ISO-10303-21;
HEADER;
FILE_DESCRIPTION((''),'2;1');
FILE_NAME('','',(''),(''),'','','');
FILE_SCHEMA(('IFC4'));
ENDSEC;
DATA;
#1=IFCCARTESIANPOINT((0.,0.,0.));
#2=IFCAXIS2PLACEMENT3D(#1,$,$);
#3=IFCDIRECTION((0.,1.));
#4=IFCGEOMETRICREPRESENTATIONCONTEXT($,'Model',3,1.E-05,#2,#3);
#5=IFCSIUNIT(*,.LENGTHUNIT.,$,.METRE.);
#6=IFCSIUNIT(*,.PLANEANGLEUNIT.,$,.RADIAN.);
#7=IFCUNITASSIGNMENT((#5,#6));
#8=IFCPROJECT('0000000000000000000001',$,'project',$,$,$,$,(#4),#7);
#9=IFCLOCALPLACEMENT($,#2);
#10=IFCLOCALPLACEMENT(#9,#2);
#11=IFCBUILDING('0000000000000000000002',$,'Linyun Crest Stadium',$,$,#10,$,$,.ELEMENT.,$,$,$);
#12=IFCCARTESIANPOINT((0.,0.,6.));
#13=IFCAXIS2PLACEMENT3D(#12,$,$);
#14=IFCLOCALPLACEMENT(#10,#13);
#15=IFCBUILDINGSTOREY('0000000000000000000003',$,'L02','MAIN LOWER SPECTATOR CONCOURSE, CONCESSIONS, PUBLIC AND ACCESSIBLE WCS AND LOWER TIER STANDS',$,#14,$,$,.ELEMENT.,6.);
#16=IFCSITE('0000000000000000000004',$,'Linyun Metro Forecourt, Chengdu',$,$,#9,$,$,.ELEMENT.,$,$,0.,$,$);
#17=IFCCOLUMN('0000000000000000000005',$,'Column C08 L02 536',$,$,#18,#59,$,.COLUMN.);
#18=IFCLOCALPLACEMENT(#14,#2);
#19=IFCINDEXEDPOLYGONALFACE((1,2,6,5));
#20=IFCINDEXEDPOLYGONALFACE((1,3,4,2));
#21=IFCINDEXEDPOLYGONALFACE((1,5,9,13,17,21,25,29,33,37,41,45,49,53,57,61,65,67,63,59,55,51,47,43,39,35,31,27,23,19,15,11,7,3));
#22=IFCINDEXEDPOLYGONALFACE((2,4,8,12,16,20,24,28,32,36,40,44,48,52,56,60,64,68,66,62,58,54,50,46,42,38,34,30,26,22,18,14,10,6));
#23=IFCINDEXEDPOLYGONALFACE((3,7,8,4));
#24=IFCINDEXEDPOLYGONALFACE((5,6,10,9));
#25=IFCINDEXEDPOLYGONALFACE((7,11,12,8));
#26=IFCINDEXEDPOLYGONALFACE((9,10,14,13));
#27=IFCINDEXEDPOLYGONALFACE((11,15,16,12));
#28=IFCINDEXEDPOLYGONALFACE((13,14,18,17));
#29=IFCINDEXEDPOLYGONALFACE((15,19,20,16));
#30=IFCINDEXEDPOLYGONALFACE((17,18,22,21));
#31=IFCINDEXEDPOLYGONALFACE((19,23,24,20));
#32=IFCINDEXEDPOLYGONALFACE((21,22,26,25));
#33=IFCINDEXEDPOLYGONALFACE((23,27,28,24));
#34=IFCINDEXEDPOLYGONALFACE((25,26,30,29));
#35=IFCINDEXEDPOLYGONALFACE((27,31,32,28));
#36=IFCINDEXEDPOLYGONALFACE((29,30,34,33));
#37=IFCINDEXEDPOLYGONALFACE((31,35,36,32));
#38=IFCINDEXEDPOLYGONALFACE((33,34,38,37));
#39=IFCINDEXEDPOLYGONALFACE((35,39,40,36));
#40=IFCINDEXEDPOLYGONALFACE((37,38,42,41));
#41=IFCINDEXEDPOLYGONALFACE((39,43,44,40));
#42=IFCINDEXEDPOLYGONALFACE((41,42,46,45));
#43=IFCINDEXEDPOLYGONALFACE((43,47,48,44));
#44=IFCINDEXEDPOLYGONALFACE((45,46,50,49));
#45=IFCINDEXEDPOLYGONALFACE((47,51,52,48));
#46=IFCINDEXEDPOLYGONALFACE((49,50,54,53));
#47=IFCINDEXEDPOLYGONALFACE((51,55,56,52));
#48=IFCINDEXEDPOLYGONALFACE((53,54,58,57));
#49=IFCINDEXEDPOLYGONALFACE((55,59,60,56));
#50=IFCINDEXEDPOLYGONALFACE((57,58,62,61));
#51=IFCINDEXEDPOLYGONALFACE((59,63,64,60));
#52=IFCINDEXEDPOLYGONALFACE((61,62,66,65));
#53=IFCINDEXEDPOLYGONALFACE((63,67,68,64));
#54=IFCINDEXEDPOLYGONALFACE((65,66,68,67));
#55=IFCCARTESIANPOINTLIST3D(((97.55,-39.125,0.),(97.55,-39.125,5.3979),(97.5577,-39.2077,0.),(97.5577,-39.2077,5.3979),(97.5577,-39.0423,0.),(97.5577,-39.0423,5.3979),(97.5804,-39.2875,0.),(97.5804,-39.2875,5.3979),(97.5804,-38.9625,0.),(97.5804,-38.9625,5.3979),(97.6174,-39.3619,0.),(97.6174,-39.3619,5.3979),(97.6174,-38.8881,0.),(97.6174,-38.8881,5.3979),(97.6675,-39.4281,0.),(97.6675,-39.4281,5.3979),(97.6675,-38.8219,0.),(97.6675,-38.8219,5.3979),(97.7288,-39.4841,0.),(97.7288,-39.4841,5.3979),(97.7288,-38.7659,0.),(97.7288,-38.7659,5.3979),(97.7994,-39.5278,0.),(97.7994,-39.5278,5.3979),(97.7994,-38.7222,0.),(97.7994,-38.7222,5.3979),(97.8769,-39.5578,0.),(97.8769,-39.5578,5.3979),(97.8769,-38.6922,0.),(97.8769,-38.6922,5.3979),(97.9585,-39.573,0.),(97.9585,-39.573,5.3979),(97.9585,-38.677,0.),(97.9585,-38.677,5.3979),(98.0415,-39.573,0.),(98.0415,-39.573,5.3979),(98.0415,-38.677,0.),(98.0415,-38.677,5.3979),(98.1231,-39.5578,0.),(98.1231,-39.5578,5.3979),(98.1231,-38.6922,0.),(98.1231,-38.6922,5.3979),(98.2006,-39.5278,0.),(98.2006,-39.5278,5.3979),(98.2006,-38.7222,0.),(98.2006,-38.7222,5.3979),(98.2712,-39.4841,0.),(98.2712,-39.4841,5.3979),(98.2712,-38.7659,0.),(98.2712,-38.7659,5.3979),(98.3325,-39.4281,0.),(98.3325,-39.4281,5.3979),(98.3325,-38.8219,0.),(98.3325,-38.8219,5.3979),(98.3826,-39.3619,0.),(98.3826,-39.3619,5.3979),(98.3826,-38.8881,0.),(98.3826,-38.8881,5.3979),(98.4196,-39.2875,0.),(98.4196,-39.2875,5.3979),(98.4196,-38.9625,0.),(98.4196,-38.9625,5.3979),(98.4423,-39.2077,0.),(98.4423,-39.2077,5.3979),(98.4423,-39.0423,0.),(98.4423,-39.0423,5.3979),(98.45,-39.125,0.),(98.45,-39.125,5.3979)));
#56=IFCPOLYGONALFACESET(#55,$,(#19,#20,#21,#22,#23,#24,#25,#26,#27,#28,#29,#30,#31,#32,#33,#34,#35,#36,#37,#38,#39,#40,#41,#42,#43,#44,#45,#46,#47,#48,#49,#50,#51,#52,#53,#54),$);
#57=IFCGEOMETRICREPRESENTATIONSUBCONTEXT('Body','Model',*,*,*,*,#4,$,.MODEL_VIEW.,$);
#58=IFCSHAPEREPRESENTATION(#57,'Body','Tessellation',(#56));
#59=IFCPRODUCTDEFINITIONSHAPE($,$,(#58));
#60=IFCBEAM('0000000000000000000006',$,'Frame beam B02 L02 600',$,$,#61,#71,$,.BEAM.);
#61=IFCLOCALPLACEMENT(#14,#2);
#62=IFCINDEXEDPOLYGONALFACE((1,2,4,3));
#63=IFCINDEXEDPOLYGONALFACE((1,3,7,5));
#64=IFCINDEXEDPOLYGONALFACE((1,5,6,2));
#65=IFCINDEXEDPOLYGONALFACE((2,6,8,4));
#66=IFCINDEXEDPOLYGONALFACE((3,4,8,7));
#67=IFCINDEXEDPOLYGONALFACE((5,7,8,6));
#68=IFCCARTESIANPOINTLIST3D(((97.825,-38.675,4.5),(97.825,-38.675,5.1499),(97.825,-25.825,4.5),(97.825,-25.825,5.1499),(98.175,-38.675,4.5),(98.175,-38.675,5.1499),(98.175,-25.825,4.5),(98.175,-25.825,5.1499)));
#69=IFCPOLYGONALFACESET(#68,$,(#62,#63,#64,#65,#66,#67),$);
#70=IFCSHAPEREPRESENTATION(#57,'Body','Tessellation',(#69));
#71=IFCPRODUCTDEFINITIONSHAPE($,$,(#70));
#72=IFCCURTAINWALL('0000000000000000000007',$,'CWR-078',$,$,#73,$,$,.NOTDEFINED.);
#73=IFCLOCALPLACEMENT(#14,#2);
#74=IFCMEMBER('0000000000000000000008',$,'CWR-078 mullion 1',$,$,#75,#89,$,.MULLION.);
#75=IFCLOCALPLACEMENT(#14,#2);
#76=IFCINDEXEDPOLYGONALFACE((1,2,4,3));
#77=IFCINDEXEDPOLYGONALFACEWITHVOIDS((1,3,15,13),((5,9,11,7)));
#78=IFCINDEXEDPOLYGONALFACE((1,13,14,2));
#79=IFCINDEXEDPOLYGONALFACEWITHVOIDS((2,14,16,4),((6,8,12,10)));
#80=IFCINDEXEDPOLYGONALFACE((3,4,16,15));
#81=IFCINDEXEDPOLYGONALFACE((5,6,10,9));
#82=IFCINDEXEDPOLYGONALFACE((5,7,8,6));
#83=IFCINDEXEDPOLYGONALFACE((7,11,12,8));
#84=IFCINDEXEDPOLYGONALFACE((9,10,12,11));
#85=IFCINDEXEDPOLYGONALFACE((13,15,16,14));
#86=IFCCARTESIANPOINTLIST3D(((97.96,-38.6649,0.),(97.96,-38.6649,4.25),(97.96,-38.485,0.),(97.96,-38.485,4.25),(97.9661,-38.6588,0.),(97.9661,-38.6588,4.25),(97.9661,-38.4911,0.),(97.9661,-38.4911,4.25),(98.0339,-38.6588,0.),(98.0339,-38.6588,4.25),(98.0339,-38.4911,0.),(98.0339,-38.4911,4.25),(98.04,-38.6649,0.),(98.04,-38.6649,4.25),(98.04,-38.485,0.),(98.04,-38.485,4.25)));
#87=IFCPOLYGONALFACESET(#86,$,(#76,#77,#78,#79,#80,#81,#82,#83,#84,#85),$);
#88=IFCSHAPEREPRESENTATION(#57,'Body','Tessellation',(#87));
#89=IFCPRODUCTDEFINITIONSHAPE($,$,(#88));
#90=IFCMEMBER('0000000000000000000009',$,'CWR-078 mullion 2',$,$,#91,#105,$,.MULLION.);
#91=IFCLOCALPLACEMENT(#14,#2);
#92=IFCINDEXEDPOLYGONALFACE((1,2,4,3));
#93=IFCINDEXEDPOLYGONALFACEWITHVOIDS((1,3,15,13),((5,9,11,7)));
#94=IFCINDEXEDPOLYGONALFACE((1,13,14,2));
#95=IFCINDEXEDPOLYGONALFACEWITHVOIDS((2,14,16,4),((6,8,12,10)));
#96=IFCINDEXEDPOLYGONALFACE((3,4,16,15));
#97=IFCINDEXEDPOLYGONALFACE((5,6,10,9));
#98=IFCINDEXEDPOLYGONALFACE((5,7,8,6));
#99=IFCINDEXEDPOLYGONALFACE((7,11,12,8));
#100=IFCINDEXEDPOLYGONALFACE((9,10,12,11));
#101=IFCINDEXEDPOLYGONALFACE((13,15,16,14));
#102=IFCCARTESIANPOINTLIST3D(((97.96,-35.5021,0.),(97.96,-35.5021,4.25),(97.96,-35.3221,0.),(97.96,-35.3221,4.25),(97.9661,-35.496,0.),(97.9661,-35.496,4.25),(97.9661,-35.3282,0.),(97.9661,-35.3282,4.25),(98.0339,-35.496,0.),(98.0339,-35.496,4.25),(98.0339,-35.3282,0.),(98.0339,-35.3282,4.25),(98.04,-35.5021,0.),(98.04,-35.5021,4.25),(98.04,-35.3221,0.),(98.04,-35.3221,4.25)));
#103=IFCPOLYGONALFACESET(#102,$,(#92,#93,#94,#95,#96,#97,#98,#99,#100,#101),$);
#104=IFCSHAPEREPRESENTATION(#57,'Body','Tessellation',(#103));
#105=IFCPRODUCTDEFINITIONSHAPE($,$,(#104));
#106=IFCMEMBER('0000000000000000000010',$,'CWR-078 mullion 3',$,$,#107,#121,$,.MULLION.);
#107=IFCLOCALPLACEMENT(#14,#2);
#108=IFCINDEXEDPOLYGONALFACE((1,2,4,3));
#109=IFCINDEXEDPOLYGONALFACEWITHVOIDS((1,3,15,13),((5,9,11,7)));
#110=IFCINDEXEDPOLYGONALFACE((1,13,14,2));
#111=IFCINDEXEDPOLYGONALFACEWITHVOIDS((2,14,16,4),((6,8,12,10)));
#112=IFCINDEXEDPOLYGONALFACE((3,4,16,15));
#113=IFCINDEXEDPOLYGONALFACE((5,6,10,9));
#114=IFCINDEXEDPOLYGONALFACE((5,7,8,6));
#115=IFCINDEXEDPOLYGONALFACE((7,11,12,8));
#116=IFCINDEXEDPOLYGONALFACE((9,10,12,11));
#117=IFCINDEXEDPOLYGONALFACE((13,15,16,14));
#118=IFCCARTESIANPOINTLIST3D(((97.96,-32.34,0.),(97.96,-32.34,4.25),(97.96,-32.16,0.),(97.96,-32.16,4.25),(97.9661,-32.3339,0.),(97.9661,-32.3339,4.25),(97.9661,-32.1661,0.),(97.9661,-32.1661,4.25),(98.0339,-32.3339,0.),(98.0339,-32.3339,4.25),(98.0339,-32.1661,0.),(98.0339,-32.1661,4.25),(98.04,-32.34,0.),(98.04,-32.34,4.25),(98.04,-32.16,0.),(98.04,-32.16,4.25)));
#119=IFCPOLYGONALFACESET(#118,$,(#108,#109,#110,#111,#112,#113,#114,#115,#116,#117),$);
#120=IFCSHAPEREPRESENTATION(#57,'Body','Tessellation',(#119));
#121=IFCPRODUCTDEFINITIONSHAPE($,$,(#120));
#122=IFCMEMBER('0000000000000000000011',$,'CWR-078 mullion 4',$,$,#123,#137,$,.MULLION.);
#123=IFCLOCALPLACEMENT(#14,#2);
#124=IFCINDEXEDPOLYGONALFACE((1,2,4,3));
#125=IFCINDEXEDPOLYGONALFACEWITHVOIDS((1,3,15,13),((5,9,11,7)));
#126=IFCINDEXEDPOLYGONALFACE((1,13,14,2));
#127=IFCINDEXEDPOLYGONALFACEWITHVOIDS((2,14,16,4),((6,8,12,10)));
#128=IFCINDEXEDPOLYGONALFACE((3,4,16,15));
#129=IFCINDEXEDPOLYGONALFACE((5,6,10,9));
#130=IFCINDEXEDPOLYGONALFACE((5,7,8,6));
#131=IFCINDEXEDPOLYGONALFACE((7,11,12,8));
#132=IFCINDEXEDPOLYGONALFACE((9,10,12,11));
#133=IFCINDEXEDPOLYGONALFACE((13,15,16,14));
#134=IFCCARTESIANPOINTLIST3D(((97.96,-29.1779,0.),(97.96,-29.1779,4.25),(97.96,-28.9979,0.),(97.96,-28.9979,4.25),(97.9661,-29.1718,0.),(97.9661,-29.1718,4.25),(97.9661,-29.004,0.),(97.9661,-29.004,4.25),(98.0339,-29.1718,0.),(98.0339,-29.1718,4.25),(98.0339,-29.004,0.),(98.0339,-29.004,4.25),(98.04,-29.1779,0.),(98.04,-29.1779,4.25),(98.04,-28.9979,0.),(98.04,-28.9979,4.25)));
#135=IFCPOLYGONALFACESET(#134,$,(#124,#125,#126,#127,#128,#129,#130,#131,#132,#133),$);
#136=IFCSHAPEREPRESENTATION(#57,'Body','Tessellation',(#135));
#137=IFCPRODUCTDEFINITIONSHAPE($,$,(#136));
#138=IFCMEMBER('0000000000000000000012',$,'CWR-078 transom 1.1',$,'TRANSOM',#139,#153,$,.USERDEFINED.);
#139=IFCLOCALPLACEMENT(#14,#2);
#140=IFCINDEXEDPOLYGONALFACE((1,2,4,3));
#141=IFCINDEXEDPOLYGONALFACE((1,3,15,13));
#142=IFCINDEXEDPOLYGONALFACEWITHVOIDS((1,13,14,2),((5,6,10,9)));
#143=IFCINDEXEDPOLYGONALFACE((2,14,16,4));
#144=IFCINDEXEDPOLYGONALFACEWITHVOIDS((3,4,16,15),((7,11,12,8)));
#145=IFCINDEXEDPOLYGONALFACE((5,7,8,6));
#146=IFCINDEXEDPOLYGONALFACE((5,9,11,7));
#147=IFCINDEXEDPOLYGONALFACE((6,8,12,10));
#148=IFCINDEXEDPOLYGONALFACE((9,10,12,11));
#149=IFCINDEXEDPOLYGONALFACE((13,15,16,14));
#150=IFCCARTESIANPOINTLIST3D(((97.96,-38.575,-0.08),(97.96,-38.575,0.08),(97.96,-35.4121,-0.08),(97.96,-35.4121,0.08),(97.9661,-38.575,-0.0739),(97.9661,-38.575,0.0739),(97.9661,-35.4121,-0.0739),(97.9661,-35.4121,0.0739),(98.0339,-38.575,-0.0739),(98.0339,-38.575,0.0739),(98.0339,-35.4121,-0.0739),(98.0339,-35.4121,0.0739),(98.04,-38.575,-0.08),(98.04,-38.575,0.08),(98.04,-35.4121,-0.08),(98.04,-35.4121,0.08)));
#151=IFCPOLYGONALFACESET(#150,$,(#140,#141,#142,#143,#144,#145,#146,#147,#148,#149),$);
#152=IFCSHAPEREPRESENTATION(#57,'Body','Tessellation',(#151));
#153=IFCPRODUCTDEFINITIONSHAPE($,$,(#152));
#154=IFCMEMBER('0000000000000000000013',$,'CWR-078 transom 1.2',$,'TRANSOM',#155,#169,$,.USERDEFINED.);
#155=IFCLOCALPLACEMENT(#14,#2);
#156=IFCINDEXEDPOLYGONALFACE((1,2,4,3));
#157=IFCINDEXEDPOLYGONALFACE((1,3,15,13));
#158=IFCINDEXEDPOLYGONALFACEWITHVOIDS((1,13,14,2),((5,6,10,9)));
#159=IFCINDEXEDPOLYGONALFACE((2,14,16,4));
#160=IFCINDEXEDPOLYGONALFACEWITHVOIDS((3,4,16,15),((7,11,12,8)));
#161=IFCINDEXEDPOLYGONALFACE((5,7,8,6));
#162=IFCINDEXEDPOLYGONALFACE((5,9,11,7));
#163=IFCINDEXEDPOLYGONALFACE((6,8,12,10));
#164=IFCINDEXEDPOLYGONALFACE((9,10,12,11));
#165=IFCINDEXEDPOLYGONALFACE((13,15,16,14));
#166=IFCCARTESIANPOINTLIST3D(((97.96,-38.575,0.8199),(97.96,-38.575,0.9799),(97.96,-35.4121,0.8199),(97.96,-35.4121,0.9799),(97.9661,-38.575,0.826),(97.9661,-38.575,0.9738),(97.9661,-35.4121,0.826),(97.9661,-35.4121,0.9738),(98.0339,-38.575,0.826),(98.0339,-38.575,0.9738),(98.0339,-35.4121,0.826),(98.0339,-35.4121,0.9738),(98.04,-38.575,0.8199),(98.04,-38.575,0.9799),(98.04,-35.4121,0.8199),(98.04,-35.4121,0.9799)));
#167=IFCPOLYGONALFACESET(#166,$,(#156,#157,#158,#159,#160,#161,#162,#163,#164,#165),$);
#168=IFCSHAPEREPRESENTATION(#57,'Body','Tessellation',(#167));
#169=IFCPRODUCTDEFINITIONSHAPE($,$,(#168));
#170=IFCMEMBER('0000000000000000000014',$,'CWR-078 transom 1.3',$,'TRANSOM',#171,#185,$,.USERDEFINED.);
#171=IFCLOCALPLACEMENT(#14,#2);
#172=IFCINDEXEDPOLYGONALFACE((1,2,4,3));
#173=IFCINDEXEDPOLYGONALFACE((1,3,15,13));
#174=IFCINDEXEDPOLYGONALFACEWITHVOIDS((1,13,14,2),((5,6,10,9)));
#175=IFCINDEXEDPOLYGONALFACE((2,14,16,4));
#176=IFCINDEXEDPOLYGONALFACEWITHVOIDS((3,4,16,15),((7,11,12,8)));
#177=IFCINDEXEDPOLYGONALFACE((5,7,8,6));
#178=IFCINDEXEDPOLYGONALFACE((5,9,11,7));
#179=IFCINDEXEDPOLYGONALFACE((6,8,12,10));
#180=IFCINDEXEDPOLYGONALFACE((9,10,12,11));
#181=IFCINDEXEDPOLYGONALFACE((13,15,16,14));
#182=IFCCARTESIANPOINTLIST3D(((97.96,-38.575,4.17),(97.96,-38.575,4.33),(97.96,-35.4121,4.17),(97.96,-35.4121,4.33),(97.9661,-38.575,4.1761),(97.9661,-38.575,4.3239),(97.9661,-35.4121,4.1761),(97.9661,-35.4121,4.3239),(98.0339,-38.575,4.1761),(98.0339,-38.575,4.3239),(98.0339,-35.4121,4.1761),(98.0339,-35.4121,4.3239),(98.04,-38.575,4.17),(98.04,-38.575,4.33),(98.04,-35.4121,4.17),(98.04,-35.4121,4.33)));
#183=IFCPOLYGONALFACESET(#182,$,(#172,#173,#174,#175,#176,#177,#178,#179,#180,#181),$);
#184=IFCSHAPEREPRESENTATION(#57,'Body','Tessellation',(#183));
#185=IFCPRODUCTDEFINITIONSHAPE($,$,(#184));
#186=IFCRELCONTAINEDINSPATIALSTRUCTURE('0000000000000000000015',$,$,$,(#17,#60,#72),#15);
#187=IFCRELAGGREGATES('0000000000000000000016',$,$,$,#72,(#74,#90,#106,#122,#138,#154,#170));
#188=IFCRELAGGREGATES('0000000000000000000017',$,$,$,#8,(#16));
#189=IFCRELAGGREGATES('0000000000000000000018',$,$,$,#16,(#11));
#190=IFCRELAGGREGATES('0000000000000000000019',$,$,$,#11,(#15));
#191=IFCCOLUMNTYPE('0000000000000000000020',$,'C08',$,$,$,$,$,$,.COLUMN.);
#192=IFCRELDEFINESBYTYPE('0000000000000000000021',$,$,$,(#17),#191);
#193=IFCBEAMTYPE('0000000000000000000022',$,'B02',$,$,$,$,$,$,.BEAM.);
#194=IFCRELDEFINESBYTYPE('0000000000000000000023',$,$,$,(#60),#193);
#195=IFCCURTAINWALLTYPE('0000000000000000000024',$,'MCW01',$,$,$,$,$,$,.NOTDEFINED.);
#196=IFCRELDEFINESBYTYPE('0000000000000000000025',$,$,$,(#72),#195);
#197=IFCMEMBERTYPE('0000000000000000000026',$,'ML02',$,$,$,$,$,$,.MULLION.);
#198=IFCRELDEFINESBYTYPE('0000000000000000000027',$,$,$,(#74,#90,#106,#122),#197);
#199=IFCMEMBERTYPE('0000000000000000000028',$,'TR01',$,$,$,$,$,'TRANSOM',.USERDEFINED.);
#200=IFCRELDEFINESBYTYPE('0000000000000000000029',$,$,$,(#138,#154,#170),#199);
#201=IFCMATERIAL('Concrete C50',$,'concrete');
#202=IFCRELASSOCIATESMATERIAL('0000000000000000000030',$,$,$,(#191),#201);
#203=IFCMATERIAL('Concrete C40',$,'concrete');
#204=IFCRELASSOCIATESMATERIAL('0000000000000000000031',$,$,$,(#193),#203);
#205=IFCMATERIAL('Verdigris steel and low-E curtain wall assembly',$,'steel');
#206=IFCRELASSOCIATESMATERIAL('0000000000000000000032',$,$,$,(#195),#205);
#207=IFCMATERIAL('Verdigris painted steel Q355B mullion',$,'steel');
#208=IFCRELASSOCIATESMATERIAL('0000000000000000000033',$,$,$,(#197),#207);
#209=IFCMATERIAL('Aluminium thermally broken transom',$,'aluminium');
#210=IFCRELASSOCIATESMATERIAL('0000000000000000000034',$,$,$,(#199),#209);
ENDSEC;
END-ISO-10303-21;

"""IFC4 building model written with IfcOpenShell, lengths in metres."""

from ifc_helpers import new_model, si_unit, direction, frame, origin, origin_2d, place, context, subcontext, project, spatial, rectangle, hollow_rectangle, circle, extrude, material, material_profile, profile_set, type_object, element, aggregate, save


model = new_model("IFC4")

# Units and contexts
model_context = context("Model", 3, precision=1e-05, world=origin(), true_north=direction((0.0, 1.0)))
body_context = subcontext(model_context, "Body", "Model", "MODEL_VIEW")
ifc_project = project(units=[si_unit("LENGTHUNIT", "METRE"), si_unit("PLANEANGLEUNIT", "RADIAN")], contexts=[model_context])

# Site, building, storey
site_placement = place(None, origin())
site = spatial("IfcSite", under=ifc_project, at=site_placement, Name="Linyun Metro Forecourt, Chengdu", CompositionType="ELEMENT", RefElevation=0.0)
building_placement = place(site_placement, origin())
building = spatial("IfcBuilding", under=site, at=building_placement, Name="Linyun Crest Stadium", CompositionType="ELEMENT")
storey_placement = place(building_placement, frame((0.0, 0.0, 6.0)))
storey = spatial("IfcBuildingStorey", under=building, at=storey_placement, Name="L02", Description="MAIN LOWER SPECTATOR CONCOURSE, CONCESSIONS, PUBLIC AND ACCESSIBLE WCS AND LOWER TIER STANDS", CompositionType="ELEMENT", Elevation=6.0)

# Column
ifc_material_1 = material(Name="Concrete C50", Category="concrete")
ifc_material_profile_1 = material_profile(ifc_material_1, circle(Radius=0.45, at=origin_2d()), Name="RC D900")
ifc_profile_set_1 = profile_set([ifc_material_profile_1], Name="Concrete C50")
column_type = type_object("IfcColumnType", Name="C08", PredefinedType="COLUMN", material=ifc_profile_set_1)
column_placement = place(storey_placement, frame((98.0, -39.125, 0.0), z_axis=(0.0, 0.0, 1.0), x_axis=(1.0, 0.0, 0.0)))
element("IfcColumn", 1, at=column_placement, inside=storey, type_object=column_type, Name="Column C08 L02 536", PredefinedType="COLUMN", context=body_context, shape_type="SweptSolid", body=[
    extrude(circle(Radius=0.45, at=origin_2d()), origin(), (0.0, 0.0, 1.0), 5.3979),
])

# Beam
ifc_material_2 = material(Name="Concrete C40", Category="concrete")
ifc_material_profile_2 = material_profile(ifc_material_2, rectangle(XDim=0.3501, YDim=0.6499, at=origin_2d()), Name="RCB 650x350")
ifc_profile_set_2 = profile_set([ifc_material_profile_2], Name="Concrete C40")
beam_type = type_object("IfcBeamType", Name="B02", PredefinedType="BEAM", material=ifc_profile_set_2)
beam_placement = place(storey_placement, frame((98.0, -38.675, 4.825), z_axis=(0.0, 1.0, 0.0), x_axis=(-1.0, 0.0, 0.0)))
element("IfcBeam", 2, at=beam_placement, inside=storey, type_object=beam_type, Name="Frame beam B02 L02 600", PredefinedType="BEAM", context=body_context, shape_type="SweptSolid", body=[
    extrude(rectangle(XDim=0.3501, YDim=0.6499, at=origin_2d()), origin(), (0.0, 0.0, 1.0), 12.8501),
])

# Curtain wall, members
ifc_material_3 = material(Name="Verdigris steel and low-E curtain wall assembly", Category="steel")
curtain_wall_type = type_object("IfcCurtainWallType", Name="MCW01", PredefinedType="NOTDEFINED", material=ifc_material_3)
curtain_wall_placement = place(storey_placement, origin())
curtain_wall = element("IfcCurtainWall", 3, at=curtain_wall_placement, inside=storey, type_object=curtain_wall_type, Name="CWR-078", PredefinedType="NOTDEFINED")
ifc_material_4 = material(Name="Verdigris painted steel Q355B mullion", Category="steel")
ifc_material_profile_3 = material_profile(ifc_material_4, hollow_rectangle(XDim=0.0801, YDim=0.1799, WallThickness=0.0061, at=origin_2d()), Name="RHS 180x80x6")
ifc_profile_set_3 = profile_set([ifc_material_profile_3], Name="Verdigris painted steel Q355B mullion")
member_type_1 = type_object("IfcMemberType", Name="ML02", PredefinedType="MULLION", material=ifc_profile_set_3)
member_1_placement = place(storey_placement, frame((98.0, -38.575, 0.0), z_axis=(0.0, 0.0, 1.0), x_axis=(-1.0, 0.0, 0.0)))
member_1 = element("IfcMember", 4, at=member_1_placement, type_object=member_type_1, Name="CWR-078 mullion 1", PredefinedType="MULLION", context=body_context, shape_type="SweptSolid", body=[
    extrude(hollow_rectangle(XDim=0.0801, YDim=0.1799, WallThickness=0.0061, at=origin_2d()), origin(), (0.0, 0.0, 1.0), 4.25),
])
member_2_placement = place(storey_placement, frame((98.0, -35.4121, 0.0), z_axis=(0.0, 0.0, 1.0), x_axis=(-1.0, 0.0, 0.0)))
member_2 = element("IfcMember", 5, at=member_2_placement, type_object=member_type_1, Name="CWR-078 mullion 2", PredefinedType="MULLION", context=body_context, shape_type="SweptSolid", body=[
    extrude(hollow_rectangle(XDim=0.0801, YDim=0.1799, WallThickness=0.0061, at=origin_2d()), origin(), (0.0, 0.0, 1.0), 4.25),
])
member_3_placement = place(storey_placement, frame((98.0, -32.25, 0.0), z_axis=(0.0, 0.0, 1.0), x_axis=(-1.0, 0.0, 0.0)))
member_3 = element("IfcMember", 6, at=member_3_placement, type_object=member_type_1, Name="CWR-078 mullion 3", PredefinedType="MULLION", context=body_context, shape_type="SweptSolid", body=[
    extrude(hollow_rectangle(XDim=0.0801, YDim=0.1799, WallThickness=0.0061, at=origin_2d()), origin(), (0.0, 0.0, 1.0), 4.25),
])
member_4_placement = place(storey_placement, frame((98.0, -29.0879, 0.0), z_axis=(0.0, 0.0, 1.0), x_axis=(-1.0, 0.0, 0.0)))
member_4 = element("IfcMember", 7, at=member_4_placement, type_object=member_type_1, Name="CWR-078 mullion 4", PredefinedType="MULLION", context=body_context, shape_type="SweptSolid", body=[
    extrude(hollow_rectangle(XDim=0.0801, YDim=0.1799, WallThickness=0.0061, at=origin_2d()), origin(), (0.0, 0.0, 1.0), 4.25),
])
ifc_material_5 = material(Name="Aluminium thermally broken transom", Category="aluminium")
ifc_material_profile_4 = material_profile(ifc_material_5, hollow_rectangle(XDim=0.0801, YDim=0.1599, WallThickness=0.0061, at=origin_2d()), Name="RHS 160x80x6")
ifc_profile_set_4 = profile_set([ifc_material_profile_4], Name="Aluminium thermally broken transom")
member_type_2 = type_object("IfcMemberType", Name="TR01", ElementType="TRANSOM", PredefinedType="USERDEFINED", material=ifc_profile_set_4)
member_5_placement = place(storey_placement, frame((98.0, -38.575, 0.0), z_axis=(0.0, 1.0, 0.0), x_axis=(-1.0, 0.0, 0.0)))
member_5 = element("IfcMember", 8, at=member_5_placement, type_object=member_type_2, Name="CWR-078 transom 1.1", ObjectType="TRANSOM", PredefinedType="USERDEFINED", context=body_context, shape_type="SweptSolid", body=[
    extrude(hollow_rectangle(XDim=0.0801, YDim=0.1599, WallThickness=0.0061, at=origin_2d()), origin(), (0.0, 0.0, 1.0), 3.1628),
])
member_6_placement = place(storey_placement, frame((98.0, -38.575, 0.8999), z_axis=(0.0, 1.0, 0.0), x_axis=(-1.0, 0.0, 0.0)))
member_6 = element("IfcMember", 9, at=member_6_placement, type_object=member_type_2, Name="CWR-078 transom 1.2", ObjectType="TRANSOM", PredefinedType="USERDEFINED", context=body_context, shape_type="SweptSolid", body=[
    extrude(hollow_rectangle(XDim=0.0801, YDim=0.1599, WallThickness=0.0061, at=origin_2d()), origin(), (0.0, 0.0, 1.0), 3.1628),
])
member_7_placement = place(storey_placement, frame((98.0, -38.575, 4.25), z_axis=(0.0, 1.0, 0.0), x_axis=(-1.0, 0.0, 0.0)))
member_7 = element("IfcMember", 10, at=member_7_placement, type_object=member_type_2, Name="CWR-078 transom 1.3", ObjectType="TRANSOM", PredefinedType="USERDEFINED", context=body_context, shape_type="SweptSolid", body=[
    extrude(hollow_rectangle(XDim=0.0801, YDim=0.1599, WallThickness=0.0061, at=origin_2d()), origin(), (0.0, 0.0, 1.0), 3.1628),
])
aggregate(curtain_wall, [member_1, member_2, member_3, member_4, member_5, member_6, member_7])

save(model, "model.ifc")
